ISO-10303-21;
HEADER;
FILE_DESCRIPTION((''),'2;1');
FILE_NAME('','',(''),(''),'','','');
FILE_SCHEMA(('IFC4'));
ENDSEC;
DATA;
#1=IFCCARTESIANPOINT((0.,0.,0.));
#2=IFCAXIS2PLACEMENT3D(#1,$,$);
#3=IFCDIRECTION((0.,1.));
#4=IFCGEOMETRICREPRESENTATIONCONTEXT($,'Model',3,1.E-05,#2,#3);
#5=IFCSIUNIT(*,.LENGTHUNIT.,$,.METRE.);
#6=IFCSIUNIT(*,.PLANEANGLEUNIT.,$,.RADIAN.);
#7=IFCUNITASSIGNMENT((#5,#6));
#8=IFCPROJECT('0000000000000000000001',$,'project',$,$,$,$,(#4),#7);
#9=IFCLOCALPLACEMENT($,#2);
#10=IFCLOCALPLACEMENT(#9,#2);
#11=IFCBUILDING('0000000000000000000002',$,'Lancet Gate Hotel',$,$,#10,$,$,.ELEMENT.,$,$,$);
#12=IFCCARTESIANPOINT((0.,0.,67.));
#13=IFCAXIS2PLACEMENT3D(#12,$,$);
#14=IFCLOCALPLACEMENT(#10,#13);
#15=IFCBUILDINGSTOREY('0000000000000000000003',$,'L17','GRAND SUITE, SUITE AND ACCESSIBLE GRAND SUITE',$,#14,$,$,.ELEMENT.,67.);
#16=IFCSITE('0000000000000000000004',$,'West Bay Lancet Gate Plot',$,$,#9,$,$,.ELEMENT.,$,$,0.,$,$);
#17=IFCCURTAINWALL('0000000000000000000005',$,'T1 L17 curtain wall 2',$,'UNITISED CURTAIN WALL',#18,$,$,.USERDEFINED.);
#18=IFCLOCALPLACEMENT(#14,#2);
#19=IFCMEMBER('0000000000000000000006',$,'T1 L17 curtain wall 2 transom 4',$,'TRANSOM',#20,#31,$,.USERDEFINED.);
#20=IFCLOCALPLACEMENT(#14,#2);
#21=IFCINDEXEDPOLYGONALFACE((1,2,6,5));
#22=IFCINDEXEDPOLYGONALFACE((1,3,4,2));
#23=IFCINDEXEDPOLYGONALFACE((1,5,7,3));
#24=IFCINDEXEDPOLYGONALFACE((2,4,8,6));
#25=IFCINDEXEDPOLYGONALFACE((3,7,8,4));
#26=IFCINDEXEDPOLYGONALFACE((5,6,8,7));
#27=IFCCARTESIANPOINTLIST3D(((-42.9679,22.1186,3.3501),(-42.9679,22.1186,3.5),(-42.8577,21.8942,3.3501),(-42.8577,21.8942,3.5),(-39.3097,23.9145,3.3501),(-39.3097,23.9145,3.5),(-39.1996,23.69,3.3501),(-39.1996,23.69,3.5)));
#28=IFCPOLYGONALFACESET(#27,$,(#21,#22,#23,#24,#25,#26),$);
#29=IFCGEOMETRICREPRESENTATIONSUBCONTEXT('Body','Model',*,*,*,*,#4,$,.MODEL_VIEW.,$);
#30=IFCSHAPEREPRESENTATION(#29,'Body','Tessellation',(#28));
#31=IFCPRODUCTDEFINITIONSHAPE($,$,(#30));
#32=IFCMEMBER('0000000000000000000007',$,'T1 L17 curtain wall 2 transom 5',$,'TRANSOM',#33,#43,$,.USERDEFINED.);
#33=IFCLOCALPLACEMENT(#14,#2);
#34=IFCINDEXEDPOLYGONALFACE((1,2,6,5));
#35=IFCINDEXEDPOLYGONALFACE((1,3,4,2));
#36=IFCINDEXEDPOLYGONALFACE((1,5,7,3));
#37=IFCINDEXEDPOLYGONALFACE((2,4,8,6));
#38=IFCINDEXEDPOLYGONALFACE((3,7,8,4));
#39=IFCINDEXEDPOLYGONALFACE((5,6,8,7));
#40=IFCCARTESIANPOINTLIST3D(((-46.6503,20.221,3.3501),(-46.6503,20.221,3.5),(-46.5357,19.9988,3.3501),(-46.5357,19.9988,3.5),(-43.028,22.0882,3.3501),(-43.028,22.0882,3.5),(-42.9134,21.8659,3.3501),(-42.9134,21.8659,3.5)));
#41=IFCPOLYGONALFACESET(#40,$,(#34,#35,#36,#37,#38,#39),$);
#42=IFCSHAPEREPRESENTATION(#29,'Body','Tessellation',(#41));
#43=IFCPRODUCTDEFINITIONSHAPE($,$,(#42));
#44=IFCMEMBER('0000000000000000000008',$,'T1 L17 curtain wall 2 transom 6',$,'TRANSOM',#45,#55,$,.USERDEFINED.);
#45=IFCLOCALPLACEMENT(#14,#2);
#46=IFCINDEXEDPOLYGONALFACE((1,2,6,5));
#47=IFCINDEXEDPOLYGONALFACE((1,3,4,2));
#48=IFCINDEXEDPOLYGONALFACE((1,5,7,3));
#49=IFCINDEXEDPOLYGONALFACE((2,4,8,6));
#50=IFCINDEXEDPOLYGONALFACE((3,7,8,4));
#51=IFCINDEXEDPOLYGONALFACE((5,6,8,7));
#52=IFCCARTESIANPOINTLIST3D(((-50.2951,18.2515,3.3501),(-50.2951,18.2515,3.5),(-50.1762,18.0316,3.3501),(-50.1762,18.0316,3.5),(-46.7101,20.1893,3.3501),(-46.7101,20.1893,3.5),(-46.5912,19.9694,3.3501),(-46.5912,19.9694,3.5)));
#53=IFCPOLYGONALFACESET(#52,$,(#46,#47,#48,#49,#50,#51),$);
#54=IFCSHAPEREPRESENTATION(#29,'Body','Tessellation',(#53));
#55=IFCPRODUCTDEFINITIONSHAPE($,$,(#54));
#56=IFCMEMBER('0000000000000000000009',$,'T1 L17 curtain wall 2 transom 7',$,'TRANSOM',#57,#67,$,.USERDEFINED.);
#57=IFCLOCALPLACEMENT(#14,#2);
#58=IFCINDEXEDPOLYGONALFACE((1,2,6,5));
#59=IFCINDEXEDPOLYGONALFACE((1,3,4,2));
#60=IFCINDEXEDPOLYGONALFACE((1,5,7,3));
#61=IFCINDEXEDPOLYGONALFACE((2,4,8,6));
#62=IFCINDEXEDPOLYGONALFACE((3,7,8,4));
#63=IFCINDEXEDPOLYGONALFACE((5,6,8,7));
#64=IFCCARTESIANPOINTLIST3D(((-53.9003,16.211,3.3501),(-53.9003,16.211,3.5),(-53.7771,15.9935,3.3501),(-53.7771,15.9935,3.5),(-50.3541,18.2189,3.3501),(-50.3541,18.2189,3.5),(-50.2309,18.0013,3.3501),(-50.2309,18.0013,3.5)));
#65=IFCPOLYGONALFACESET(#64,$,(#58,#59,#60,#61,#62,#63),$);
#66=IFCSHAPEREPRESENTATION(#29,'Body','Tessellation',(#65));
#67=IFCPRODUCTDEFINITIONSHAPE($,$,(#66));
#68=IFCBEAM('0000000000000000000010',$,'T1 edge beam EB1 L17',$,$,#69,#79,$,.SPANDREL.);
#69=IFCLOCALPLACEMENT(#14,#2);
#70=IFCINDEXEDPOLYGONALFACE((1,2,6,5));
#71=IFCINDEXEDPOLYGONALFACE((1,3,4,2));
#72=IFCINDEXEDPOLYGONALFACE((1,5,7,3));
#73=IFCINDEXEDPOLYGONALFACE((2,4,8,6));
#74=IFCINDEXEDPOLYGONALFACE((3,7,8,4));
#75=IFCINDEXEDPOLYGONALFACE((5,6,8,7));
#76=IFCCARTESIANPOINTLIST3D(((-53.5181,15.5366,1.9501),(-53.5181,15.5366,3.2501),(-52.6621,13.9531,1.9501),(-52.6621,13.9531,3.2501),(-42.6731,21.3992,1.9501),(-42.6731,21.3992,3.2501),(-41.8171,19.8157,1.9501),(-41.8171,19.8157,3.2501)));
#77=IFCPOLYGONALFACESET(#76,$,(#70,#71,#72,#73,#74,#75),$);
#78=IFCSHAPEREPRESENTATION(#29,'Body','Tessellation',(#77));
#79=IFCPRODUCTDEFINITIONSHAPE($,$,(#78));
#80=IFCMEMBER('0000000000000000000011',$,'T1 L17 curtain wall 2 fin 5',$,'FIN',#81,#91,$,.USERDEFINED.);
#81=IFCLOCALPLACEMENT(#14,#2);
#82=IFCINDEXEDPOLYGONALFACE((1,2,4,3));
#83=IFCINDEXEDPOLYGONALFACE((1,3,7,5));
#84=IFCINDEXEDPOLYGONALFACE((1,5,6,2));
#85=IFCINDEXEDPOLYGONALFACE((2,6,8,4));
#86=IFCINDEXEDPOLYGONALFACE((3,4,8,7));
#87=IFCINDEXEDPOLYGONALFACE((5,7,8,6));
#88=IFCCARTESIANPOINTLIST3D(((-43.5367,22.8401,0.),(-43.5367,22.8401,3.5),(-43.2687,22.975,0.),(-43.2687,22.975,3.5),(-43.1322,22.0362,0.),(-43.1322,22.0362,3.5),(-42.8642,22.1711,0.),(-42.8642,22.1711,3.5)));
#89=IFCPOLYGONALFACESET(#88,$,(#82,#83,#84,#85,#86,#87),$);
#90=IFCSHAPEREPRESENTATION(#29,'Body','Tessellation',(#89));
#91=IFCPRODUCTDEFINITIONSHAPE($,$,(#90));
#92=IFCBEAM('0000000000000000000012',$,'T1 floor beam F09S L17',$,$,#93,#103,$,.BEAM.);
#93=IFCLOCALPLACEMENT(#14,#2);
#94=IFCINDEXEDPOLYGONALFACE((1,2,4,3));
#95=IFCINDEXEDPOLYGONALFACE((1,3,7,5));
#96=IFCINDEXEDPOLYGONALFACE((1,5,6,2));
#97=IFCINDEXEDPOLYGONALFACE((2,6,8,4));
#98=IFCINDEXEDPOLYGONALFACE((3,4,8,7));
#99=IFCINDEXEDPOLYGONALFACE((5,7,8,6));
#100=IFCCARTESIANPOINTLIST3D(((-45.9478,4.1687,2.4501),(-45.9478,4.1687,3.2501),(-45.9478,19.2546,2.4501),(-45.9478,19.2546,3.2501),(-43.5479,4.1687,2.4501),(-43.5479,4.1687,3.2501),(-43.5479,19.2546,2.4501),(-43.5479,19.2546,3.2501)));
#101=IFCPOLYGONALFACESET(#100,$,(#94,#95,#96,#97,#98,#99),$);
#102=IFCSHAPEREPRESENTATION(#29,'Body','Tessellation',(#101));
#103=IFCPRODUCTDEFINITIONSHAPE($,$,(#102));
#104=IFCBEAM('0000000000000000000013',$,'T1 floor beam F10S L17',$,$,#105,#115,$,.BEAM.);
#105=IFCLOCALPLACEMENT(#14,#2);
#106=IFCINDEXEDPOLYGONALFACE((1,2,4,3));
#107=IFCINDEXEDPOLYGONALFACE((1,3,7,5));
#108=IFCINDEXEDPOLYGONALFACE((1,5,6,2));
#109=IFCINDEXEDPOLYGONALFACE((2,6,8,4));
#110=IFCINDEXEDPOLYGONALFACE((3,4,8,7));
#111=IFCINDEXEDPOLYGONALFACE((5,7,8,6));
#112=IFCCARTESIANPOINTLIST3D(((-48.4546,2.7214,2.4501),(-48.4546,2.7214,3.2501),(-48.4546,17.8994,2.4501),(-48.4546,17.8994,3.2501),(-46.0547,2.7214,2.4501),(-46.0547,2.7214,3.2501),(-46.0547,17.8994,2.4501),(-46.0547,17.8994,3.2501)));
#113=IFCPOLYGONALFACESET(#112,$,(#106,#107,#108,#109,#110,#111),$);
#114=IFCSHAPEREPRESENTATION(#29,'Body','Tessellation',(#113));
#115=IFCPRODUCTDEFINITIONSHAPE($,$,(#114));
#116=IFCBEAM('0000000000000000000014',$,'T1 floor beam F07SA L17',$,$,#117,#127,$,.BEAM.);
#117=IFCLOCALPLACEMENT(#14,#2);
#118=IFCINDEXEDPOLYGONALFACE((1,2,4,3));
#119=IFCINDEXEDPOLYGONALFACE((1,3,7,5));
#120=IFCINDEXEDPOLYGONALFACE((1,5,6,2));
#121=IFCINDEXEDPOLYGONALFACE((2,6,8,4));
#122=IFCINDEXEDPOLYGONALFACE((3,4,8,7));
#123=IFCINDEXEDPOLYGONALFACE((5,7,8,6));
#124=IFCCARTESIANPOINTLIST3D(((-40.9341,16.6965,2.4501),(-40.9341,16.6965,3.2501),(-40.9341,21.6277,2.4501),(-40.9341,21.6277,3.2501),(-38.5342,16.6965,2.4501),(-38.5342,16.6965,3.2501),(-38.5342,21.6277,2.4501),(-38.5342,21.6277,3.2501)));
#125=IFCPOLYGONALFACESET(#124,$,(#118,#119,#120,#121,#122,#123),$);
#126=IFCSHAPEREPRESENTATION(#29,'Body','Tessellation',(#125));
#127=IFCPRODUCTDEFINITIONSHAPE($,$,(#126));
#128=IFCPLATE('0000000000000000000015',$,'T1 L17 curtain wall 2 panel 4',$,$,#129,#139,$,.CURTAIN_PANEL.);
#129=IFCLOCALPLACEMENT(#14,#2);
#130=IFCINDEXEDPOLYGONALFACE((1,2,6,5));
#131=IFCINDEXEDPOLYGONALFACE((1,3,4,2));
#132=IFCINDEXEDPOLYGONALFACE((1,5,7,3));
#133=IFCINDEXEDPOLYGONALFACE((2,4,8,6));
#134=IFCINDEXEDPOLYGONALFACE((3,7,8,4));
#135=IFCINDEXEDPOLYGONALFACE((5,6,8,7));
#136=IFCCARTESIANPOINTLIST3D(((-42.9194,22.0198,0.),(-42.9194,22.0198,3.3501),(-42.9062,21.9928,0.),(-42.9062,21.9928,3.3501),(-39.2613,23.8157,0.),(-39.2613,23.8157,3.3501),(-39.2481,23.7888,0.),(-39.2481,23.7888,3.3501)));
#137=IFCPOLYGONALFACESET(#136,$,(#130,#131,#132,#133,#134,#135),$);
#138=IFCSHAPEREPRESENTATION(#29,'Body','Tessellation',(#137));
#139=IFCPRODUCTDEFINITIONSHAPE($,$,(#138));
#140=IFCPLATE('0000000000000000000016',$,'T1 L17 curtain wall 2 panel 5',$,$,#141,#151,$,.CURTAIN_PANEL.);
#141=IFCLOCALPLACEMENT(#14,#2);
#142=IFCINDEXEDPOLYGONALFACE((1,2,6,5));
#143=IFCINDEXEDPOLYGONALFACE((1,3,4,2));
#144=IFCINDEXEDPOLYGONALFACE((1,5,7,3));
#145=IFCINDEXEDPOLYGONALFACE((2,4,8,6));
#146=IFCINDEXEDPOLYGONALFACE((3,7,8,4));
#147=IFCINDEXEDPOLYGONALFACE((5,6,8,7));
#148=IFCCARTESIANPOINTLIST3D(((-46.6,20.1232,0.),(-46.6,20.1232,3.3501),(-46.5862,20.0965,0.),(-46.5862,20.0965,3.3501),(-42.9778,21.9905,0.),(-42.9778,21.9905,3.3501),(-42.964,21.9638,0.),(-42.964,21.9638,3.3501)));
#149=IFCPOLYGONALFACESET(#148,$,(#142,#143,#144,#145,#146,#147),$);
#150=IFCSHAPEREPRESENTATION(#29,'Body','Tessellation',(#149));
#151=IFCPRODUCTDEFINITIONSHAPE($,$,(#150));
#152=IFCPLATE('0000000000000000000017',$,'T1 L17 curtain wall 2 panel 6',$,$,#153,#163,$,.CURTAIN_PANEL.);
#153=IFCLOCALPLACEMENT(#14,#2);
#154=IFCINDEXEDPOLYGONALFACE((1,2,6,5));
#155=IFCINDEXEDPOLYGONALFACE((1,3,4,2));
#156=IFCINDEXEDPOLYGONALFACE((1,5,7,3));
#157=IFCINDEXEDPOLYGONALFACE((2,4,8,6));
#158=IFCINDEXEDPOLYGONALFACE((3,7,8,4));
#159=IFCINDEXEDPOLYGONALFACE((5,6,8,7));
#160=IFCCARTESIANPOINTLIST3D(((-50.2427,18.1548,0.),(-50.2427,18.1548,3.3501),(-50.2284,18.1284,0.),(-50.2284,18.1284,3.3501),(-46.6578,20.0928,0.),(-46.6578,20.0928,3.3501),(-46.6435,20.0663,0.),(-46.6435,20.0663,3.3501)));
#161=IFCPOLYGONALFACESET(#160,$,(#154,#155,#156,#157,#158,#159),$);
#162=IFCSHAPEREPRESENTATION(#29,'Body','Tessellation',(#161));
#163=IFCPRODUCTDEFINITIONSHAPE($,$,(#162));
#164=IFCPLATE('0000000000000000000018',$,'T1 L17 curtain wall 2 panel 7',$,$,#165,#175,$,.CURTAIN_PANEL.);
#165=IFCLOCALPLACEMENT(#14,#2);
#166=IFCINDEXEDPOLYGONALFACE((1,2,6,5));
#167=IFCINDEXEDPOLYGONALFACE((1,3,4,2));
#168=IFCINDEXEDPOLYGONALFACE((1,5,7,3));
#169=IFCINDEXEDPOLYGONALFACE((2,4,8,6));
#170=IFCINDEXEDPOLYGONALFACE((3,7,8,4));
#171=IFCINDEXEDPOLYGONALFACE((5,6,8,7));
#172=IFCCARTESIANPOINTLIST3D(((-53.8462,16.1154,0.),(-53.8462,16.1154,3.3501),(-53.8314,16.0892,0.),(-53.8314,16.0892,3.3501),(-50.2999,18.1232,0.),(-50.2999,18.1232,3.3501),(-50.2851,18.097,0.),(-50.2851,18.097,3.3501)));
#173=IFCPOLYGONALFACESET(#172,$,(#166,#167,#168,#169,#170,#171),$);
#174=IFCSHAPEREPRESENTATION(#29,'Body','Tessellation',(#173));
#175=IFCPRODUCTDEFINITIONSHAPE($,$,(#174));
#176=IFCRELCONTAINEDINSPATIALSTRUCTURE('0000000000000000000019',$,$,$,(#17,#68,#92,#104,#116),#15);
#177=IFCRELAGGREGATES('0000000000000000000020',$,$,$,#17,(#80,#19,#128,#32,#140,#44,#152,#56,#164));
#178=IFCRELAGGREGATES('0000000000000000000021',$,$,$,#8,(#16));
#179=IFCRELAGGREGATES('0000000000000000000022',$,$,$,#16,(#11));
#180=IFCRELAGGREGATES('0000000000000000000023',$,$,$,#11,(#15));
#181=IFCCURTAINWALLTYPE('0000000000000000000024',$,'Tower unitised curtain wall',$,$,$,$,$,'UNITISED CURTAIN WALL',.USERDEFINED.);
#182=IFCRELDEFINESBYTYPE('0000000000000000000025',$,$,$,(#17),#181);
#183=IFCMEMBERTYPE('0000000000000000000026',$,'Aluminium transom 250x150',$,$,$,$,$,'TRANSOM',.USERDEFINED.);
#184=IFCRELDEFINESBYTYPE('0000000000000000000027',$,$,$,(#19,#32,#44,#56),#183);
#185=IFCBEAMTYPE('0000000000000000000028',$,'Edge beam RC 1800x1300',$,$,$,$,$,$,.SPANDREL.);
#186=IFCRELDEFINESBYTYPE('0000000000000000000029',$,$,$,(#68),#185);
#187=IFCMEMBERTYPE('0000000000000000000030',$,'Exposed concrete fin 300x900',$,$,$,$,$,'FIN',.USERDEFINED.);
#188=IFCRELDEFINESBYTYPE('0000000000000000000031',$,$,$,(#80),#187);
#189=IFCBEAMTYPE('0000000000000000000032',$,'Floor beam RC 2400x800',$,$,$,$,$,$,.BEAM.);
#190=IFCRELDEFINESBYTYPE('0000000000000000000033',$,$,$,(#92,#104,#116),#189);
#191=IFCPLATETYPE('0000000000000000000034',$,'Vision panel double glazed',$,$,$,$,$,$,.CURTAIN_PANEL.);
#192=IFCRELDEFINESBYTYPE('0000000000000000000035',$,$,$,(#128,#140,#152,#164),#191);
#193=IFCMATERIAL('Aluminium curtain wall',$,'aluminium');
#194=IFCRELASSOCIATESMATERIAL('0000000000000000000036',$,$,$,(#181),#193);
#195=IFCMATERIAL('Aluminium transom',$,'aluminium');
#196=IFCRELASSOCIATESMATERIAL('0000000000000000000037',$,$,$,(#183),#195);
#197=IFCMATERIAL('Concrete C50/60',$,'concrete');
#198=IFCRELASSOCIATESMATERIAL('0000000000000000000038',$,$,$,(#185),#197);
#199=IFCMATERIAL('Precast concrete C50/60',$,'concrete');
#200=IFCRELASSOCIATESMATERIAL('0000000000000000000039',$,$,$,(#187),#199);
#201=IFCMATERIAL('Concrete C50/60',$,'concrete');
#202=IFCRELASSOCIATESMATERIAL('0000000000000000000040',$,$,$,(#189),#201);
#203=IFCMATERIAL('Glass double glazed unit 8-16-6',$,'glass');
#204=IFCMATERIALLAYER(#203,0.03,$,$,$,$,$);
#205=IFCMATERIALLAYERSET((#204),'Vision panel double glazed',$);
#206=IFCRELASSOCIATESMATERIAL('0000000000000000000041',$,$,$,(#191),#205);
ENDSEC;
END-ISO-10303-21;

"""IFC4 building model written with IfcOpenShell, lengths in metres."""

from ifc_helpers import new_model, si_unit, direction, frame, origin, origin_2d, place, context, subcontext, project, spatial, rectangle, extrude, material, layer, layer_set, material_profile, profile_set, type_object, element, aggregate, save


model = new_model("IFC4")

# Units and contexts
model_context = context("Model", 3, precision=1e-05, world=origin(), true_north=direction((0.0, 1.0)))
body_context = subcontext(model_context, "Body", "Model", "MODEL_VIEW")
ifc_project = project(units=[si_unit("LENGTHUNIT", "METRE"), si_unit("PLANEANGLEUNIT", "RADIAN")], contexts=[model_context])

# Site, building, storey
site_placement = place(None, origin())
site = spatial("IfcSite", under=ifc_project, at=site_placement, Name="West Bay Lancet Gate Plot", CompositionType="ELEMENT", RefElevation=0.0)
building_placement = place(site_placement, origin())
building = spatial("IfcBuilding", under=site, at=building_placement, Name="Lancet Gate Hotel", CompositionType="ELEMENT")
storey_placement = place(building_placement, frame((0.0, 0.0, 67.0)))
storey = spatial("IfcBuildingStorey", under=building, at=storey_placement, Name="L17", Description="GRAND SUITE, SUITE AND ACCESSIBLE GRAND SUITE", CompositionType="ELEMENT", Elevation=67.0)

# Curtain wall, members
ifc_material_1 = material(Name="Aluminium curtain wall", Category="aluminium")
curtain_wall_type = type_object("IfcCurtainWallType", Name="Tower unitised curtain wall", ElementType="UNITISED CURTAIN WALL", PredefinedType="USERDEFINED", material=ifc_material_1)
curtain_wall_placement = place(storey_placement, origin())
curtain_wall = element("IfcCurtainWall", 1, at=curtain_wall_placement, inside=storey, type_object=curtain_wall_type, Name="T1 L17 curtain wall 2", ObjectType="UNITISED CURTAIN WALL", PredefinedType="USERDEFINED")
ifc_material_2 = material(Name="Aluminium transom", Category="aluminium")
ifc_material_profile_1 = material_profile(ifc_material_2, rectangle(XDim=0.25, YDim=0.1499, at=origin_2d()), Name="TRANSOM 250x150")
ifc_profile_set_1 = profile_set([ifc_material_profile_1], Name="Aluminium transom")
member_type_1 = type_object("IfcMemberType", Name="Aluminium transom 250x150", ElementType="TRANSOM", PredefinedType="USERDEFINED", material=ifc_profile_set_1)
member_1_placement = place(storey_placement, frame((-39.2546, 23.8022, 3.425), z_axis=(-0.897662, -0.440684, 0.0), x_axis=(0.440684, -0.897662, 0.0)))
member_1 = element("IfcMember", 2, at=member_1_placement, type_object=member_type_1, Name="T1 L17 curtain wall 2 transom 4", ObjectType="TRANSOM", PredefinedType="USERDEFINED", context=body_context, shape_type="SweptSolid", body=[
    extrude(rectangle(XDim=0.25, YDim=0.1499, at=origin_2d()), origin(), (0.0, 0.0, 1.0), 4.0752),
])
member_2_placement = place(storey_placement, frame((-42.9707, 21.9771, 3.425), z_axis=(-0.88886, -0.458179, 0.0), x_axis=(0.458179, -0.88886, 0.0)))
member_2 = element("IfcMember", 3, at=member_2_placement, type_object=member_type_1, Name="T1 L17 curtain wall 2 transom 5", ObjectType="TRANSOM", PredefinedType="USERDEFINED", context=body_context, shape_type="SweptSolid", body=[
    extrude(rectangle(XDim=0.25, YDim=0.1499, at=origin_2d()), origin(), (0.0, 0.0, 1.0), 4.0752),
])
member_3_placement = place(storey_placement, frame((-46.6506, 20.0793, 3.425), z_axis=(-0.879714, -0.475503, 0.0), x_axis=(0.475503, -0.879714, 0.0)))
member_3 = element("IfcMember", 4, at=member_3_placement, type_object=member_type_1, Name="T1 L17 curtain wall 2 transom 6", ObjectType="TRANSOM", PredefinedType="USERDEFINED", context=body_context, shape_type="SweptSolid", body=[
    extrude(rectangle(XDim=0.25, YDim=0.1499, at=origin_2d()), origin(), (0.0, 0.0, 1.0), 4.0752),
])
member_4_placement = place(storey_placement, frame((-50.2925, 18.1101, 3.425), z_axis=(-0.870198, -0.492703, 0.0), x_axis=(0.492703, -0.870198, 0.0)))
member_4 = element("IfcMember", 5, at=member_4_placement, type_object=member_type_1, Name="T1 L17 curtain wall 2 transom 7", ObjectType="TRANSOM", PredefinedType="USERDEFINED", context=body_context, shape_type="SweptSolid", body=[
    extrude(rectangle(XDim=0.25, YDim=0.1499, at=origin_2d()), origin(), (0.0, 0.0, 1.0), 4.0752),
])

# Beam
ifc_material_3 = material(Name="Concrete C50/60", Category="concrete")
ifc_material_profile_2 = material_profile(ifc_material_3, rectangle(XDim=1.8, YDim=1.3, at=origin_2d()), Name="RC 1800x1300")
ifc_profile_set_2 = profile_set([ifc_material_profile_2], Name="Concrete C50/60")
beam_type_1 = type_object("IfcBeamType", Name="Edge beam RC 1800x1300", PredefinedType="SPANDREL", material=ifc_profile_set_2)
beam_1_placement = place(storey_placement, frame((-42.2451, 20.6074, 2.6001), z_axis=(-0.879693, -0.475542, 0.0), x_axis=(0.475542, -0.879693, 0.0)))
element("IfcBeam", 6, at=beam_1_placement, inside=storey, type_object=beam_type_1, Name="T1 edge beam EB1 L17", PredefinedType="SPANDREL", context=body_context, shape_type="SweptSolid", body=[
    extrude(rectangle(XDim=1.8, YDim=1.3, at=origin_2d()), origin(), (0.0, 0.0, 1.0), 12.3281),
])

# Member
ifc_material_4 = material(Name="Precast concrete C50/60", Category="concrete")
ifc_material_profile_3 = material_profile(ifc_material_4, rectangle(XDim=0.3, YDim=0.8999, at=origin_2d()), Name="FIN 300x900")
ifc_profile_set_3 = profile_set([ifc_material_profile_3], Name="Precast concrete C50/60")
member_type_2 = type_object("IfcMemberType", Name="Exposed concrete fin 300x900", ElementType="FIN", PredefinedType="USERDEFINED", material=ifc_profile_set_3)
member_5_placement = place(storey_placement, frame((-43.2004, 22.5056, 0.0), z_axis=(0.0, 0.0, 1.0), x_axis=(-0.893292, -0.449478, 0.0)))
member_5 = element("IfcMember", 7, at=member_5_placement, type_object=member_type_2, Name="T1 L17 curtain wall 2 fin 5", ObjectType="FIN", PredefinedType="USERDEFINED", context=body_context, shape_type="SweptSolid", body=[
    extrude(rectangle(XDim=0.3, YDim=0.8999, at=origin_2d()), origin(), (0.0, 0.0, 1.0), 3.5),
])

# Beams
ifc_material_5 = material(Name="Concrete C50/60", Category="concrete")
ifc_material_profile_4 = material_profile(ifc_material_5, rectangle(XDim=2.3999, YDim=0.8, at=origin_2d()), Name="RC 2400x800")
ifc_profile_set_4 = profile_set([ifc_material_profile_4], Name="Concrete C50/60")
beam_type_2 = type_object("IfcBeamType", Name="Floor beam RC 2400x800", PredefinedType="BEAM", material=ifc_profile_set_4)
beam_2_placement = place(storey_placement, frame((-44.7478, 19.2546, 2.8501), z_axis=(0.0, -1.0, 0.0), x_axis=(1.0, 0.0, 0.0)))
element("IfcBeam", 8, at=beam_2_placement, inside=storey, type_object=beam_type_2, Name="T1 floor beam F09S L17", PredefinedType="BEAM", context=body_context, shape_type="SweptSolid", body=[
    extrude(rectangle(XDim=2.3999, YDim=0.8, at=origin_2d()), origin(), (0.0, 0.0, 1.0), 15.0859),
])
beam_3_placement = place(storey_placement, frame((-47.2546, 17.8994, 2.8501), z_axis=(0.0, -1.0, 0.0), x_axis=(1.0, 0.0, 0.0)))
element("IfcBeam", 9, at=beam_3_placement, inside=storey, type_object=beam_type_2, Name="T1 floor beam F10S L17", PredefinedType="BEAM", context=body_context, shape_type="SweptSolid", body=[
    extrude(rectangle(XDim=2.3999, YDim=0.8, at=origin_2d()), origin(), (0.0, 0.0, 1.0), 15.178),
])
beam_4_placement = place(storey_placement, frame((-39.7341, 21.6277, 2.8501), z_axis=(0.0, -1.0, 0.0), x_axis=(1.0, 0.0, 0.0)))
element("IfcBeam", 10, at=beam_4_placement, inside=storey, type_object=beam_type_2, Name="T1 floor beam F07SA L17", PredefinedType="BEAM", context=body_context, shape_type="SweptSolid", body=[
    extrude(rectangle(XDim=2.3999, YDim=0.8, at=origin_2d()), origin(), (0.0, 0.0, 1.0), 4.9312),
])

# Plates
ifc_material_6 = material(Name="Glass double glazed unit 8-16-6", Category="glass")
ifc_layer = layer(ifc_material_6, 0.03)
ifc_layer_set = layer_set([ifc_layer], Name="Vision panel double glazed")
plate_type = type_object("IfcPlateType", Name="Vision panel double glazed", PredefinedType="CURTAIN_PANEL", material=ifc_layer_set)
plate_1_placement = place(storey_placement, frame((-41.0837, 22.9043, 0.0), z_axis=(0.0, 0.0, 1.0), x_axis=(-0.897653, -0.440702, 0.0)))
plate_1 = element("IfcPlate", 11, at=plate_1_placement, type_object=plate_type, Name="T1 L17 curtain wall 2 panel 4", PredefinedType="CURTAIN_PANEL", context=body_context, shape_type="SweptSolid", body=[
    extrude(rectangle(XDim=4.0752, YDim=0.03, at=origin_2d()), origin(), (0.0, 0.0, 1.0), 3.3501),
])
plate_2_placement = place(storey_placement, frame((-44.782, 21.0435, 0.0), z_axis=(0.0, 0.0, 1.0), x_axis=(-0.888844, -0.45821, 0.0)))
plate_2 = element("IfcPlate", 12, at=plate_2_placement, type_object=plate_type, Name="T1 L17 curtain wall 2 panel 5", PredefinedType="CURTAIN_PANEL", context=body_context, shape_type="SweptSolid", body=[
    extrude(rectangle(XDim=4.0752, YDim=0.03, at=origin_2d()), origin(), (0.0, 0.0, 1.0), 3.3501),
])
plate_3_placement = place(storey_placement, frame((-48.4431, 19.1106, 0.0), z_axis=(0.0, 0.0, 1.0), x_axis=(-0.879693, -0.475541, 0.0)))
plate_3 = element("IfcPlate", 13, at=plate_3_placement, type_object=plate_type, Name="T1 L17 curtain wall 2 panel 6", PredefinedType="CURTAIN_PANEL", context=body_context, shape_type="SweptSolid", body=[
    extrude(rectangle(XDim=4.0752, YDim=0.03, at=origin_2d()), origin(), (0.0, 0.0, 1.0), 3.3501),
])
plate_4_placement = place(storey_placement, frame((-52.0657, 17.1062, 0.0), z_axis=(0.0, 0.0, 1.0), x_axis=(-0.870205, -0.49269, 0.0)))
plate_4 = element("IfcPlate", 14, at=plate_4_placement, type_object=plate_type, Name="T1 L17 curtain wall 2 panel 7", PredefinedType="CURTAIN_PANEL", context=body_context, shape_type="SweptSolid", body=[
    extrude(rectangle(XDim=4.0752, YDim=0.03, at=origin_2d()), origin(), (0.0, 0.0, 1.0), 3.3501),
])
aggregate(curtain_wall, [member_5, member_1, plate_1, member_2, plate_2, member_3, plate_3, member_4, plate_4])

save(model, "model.ifc")
